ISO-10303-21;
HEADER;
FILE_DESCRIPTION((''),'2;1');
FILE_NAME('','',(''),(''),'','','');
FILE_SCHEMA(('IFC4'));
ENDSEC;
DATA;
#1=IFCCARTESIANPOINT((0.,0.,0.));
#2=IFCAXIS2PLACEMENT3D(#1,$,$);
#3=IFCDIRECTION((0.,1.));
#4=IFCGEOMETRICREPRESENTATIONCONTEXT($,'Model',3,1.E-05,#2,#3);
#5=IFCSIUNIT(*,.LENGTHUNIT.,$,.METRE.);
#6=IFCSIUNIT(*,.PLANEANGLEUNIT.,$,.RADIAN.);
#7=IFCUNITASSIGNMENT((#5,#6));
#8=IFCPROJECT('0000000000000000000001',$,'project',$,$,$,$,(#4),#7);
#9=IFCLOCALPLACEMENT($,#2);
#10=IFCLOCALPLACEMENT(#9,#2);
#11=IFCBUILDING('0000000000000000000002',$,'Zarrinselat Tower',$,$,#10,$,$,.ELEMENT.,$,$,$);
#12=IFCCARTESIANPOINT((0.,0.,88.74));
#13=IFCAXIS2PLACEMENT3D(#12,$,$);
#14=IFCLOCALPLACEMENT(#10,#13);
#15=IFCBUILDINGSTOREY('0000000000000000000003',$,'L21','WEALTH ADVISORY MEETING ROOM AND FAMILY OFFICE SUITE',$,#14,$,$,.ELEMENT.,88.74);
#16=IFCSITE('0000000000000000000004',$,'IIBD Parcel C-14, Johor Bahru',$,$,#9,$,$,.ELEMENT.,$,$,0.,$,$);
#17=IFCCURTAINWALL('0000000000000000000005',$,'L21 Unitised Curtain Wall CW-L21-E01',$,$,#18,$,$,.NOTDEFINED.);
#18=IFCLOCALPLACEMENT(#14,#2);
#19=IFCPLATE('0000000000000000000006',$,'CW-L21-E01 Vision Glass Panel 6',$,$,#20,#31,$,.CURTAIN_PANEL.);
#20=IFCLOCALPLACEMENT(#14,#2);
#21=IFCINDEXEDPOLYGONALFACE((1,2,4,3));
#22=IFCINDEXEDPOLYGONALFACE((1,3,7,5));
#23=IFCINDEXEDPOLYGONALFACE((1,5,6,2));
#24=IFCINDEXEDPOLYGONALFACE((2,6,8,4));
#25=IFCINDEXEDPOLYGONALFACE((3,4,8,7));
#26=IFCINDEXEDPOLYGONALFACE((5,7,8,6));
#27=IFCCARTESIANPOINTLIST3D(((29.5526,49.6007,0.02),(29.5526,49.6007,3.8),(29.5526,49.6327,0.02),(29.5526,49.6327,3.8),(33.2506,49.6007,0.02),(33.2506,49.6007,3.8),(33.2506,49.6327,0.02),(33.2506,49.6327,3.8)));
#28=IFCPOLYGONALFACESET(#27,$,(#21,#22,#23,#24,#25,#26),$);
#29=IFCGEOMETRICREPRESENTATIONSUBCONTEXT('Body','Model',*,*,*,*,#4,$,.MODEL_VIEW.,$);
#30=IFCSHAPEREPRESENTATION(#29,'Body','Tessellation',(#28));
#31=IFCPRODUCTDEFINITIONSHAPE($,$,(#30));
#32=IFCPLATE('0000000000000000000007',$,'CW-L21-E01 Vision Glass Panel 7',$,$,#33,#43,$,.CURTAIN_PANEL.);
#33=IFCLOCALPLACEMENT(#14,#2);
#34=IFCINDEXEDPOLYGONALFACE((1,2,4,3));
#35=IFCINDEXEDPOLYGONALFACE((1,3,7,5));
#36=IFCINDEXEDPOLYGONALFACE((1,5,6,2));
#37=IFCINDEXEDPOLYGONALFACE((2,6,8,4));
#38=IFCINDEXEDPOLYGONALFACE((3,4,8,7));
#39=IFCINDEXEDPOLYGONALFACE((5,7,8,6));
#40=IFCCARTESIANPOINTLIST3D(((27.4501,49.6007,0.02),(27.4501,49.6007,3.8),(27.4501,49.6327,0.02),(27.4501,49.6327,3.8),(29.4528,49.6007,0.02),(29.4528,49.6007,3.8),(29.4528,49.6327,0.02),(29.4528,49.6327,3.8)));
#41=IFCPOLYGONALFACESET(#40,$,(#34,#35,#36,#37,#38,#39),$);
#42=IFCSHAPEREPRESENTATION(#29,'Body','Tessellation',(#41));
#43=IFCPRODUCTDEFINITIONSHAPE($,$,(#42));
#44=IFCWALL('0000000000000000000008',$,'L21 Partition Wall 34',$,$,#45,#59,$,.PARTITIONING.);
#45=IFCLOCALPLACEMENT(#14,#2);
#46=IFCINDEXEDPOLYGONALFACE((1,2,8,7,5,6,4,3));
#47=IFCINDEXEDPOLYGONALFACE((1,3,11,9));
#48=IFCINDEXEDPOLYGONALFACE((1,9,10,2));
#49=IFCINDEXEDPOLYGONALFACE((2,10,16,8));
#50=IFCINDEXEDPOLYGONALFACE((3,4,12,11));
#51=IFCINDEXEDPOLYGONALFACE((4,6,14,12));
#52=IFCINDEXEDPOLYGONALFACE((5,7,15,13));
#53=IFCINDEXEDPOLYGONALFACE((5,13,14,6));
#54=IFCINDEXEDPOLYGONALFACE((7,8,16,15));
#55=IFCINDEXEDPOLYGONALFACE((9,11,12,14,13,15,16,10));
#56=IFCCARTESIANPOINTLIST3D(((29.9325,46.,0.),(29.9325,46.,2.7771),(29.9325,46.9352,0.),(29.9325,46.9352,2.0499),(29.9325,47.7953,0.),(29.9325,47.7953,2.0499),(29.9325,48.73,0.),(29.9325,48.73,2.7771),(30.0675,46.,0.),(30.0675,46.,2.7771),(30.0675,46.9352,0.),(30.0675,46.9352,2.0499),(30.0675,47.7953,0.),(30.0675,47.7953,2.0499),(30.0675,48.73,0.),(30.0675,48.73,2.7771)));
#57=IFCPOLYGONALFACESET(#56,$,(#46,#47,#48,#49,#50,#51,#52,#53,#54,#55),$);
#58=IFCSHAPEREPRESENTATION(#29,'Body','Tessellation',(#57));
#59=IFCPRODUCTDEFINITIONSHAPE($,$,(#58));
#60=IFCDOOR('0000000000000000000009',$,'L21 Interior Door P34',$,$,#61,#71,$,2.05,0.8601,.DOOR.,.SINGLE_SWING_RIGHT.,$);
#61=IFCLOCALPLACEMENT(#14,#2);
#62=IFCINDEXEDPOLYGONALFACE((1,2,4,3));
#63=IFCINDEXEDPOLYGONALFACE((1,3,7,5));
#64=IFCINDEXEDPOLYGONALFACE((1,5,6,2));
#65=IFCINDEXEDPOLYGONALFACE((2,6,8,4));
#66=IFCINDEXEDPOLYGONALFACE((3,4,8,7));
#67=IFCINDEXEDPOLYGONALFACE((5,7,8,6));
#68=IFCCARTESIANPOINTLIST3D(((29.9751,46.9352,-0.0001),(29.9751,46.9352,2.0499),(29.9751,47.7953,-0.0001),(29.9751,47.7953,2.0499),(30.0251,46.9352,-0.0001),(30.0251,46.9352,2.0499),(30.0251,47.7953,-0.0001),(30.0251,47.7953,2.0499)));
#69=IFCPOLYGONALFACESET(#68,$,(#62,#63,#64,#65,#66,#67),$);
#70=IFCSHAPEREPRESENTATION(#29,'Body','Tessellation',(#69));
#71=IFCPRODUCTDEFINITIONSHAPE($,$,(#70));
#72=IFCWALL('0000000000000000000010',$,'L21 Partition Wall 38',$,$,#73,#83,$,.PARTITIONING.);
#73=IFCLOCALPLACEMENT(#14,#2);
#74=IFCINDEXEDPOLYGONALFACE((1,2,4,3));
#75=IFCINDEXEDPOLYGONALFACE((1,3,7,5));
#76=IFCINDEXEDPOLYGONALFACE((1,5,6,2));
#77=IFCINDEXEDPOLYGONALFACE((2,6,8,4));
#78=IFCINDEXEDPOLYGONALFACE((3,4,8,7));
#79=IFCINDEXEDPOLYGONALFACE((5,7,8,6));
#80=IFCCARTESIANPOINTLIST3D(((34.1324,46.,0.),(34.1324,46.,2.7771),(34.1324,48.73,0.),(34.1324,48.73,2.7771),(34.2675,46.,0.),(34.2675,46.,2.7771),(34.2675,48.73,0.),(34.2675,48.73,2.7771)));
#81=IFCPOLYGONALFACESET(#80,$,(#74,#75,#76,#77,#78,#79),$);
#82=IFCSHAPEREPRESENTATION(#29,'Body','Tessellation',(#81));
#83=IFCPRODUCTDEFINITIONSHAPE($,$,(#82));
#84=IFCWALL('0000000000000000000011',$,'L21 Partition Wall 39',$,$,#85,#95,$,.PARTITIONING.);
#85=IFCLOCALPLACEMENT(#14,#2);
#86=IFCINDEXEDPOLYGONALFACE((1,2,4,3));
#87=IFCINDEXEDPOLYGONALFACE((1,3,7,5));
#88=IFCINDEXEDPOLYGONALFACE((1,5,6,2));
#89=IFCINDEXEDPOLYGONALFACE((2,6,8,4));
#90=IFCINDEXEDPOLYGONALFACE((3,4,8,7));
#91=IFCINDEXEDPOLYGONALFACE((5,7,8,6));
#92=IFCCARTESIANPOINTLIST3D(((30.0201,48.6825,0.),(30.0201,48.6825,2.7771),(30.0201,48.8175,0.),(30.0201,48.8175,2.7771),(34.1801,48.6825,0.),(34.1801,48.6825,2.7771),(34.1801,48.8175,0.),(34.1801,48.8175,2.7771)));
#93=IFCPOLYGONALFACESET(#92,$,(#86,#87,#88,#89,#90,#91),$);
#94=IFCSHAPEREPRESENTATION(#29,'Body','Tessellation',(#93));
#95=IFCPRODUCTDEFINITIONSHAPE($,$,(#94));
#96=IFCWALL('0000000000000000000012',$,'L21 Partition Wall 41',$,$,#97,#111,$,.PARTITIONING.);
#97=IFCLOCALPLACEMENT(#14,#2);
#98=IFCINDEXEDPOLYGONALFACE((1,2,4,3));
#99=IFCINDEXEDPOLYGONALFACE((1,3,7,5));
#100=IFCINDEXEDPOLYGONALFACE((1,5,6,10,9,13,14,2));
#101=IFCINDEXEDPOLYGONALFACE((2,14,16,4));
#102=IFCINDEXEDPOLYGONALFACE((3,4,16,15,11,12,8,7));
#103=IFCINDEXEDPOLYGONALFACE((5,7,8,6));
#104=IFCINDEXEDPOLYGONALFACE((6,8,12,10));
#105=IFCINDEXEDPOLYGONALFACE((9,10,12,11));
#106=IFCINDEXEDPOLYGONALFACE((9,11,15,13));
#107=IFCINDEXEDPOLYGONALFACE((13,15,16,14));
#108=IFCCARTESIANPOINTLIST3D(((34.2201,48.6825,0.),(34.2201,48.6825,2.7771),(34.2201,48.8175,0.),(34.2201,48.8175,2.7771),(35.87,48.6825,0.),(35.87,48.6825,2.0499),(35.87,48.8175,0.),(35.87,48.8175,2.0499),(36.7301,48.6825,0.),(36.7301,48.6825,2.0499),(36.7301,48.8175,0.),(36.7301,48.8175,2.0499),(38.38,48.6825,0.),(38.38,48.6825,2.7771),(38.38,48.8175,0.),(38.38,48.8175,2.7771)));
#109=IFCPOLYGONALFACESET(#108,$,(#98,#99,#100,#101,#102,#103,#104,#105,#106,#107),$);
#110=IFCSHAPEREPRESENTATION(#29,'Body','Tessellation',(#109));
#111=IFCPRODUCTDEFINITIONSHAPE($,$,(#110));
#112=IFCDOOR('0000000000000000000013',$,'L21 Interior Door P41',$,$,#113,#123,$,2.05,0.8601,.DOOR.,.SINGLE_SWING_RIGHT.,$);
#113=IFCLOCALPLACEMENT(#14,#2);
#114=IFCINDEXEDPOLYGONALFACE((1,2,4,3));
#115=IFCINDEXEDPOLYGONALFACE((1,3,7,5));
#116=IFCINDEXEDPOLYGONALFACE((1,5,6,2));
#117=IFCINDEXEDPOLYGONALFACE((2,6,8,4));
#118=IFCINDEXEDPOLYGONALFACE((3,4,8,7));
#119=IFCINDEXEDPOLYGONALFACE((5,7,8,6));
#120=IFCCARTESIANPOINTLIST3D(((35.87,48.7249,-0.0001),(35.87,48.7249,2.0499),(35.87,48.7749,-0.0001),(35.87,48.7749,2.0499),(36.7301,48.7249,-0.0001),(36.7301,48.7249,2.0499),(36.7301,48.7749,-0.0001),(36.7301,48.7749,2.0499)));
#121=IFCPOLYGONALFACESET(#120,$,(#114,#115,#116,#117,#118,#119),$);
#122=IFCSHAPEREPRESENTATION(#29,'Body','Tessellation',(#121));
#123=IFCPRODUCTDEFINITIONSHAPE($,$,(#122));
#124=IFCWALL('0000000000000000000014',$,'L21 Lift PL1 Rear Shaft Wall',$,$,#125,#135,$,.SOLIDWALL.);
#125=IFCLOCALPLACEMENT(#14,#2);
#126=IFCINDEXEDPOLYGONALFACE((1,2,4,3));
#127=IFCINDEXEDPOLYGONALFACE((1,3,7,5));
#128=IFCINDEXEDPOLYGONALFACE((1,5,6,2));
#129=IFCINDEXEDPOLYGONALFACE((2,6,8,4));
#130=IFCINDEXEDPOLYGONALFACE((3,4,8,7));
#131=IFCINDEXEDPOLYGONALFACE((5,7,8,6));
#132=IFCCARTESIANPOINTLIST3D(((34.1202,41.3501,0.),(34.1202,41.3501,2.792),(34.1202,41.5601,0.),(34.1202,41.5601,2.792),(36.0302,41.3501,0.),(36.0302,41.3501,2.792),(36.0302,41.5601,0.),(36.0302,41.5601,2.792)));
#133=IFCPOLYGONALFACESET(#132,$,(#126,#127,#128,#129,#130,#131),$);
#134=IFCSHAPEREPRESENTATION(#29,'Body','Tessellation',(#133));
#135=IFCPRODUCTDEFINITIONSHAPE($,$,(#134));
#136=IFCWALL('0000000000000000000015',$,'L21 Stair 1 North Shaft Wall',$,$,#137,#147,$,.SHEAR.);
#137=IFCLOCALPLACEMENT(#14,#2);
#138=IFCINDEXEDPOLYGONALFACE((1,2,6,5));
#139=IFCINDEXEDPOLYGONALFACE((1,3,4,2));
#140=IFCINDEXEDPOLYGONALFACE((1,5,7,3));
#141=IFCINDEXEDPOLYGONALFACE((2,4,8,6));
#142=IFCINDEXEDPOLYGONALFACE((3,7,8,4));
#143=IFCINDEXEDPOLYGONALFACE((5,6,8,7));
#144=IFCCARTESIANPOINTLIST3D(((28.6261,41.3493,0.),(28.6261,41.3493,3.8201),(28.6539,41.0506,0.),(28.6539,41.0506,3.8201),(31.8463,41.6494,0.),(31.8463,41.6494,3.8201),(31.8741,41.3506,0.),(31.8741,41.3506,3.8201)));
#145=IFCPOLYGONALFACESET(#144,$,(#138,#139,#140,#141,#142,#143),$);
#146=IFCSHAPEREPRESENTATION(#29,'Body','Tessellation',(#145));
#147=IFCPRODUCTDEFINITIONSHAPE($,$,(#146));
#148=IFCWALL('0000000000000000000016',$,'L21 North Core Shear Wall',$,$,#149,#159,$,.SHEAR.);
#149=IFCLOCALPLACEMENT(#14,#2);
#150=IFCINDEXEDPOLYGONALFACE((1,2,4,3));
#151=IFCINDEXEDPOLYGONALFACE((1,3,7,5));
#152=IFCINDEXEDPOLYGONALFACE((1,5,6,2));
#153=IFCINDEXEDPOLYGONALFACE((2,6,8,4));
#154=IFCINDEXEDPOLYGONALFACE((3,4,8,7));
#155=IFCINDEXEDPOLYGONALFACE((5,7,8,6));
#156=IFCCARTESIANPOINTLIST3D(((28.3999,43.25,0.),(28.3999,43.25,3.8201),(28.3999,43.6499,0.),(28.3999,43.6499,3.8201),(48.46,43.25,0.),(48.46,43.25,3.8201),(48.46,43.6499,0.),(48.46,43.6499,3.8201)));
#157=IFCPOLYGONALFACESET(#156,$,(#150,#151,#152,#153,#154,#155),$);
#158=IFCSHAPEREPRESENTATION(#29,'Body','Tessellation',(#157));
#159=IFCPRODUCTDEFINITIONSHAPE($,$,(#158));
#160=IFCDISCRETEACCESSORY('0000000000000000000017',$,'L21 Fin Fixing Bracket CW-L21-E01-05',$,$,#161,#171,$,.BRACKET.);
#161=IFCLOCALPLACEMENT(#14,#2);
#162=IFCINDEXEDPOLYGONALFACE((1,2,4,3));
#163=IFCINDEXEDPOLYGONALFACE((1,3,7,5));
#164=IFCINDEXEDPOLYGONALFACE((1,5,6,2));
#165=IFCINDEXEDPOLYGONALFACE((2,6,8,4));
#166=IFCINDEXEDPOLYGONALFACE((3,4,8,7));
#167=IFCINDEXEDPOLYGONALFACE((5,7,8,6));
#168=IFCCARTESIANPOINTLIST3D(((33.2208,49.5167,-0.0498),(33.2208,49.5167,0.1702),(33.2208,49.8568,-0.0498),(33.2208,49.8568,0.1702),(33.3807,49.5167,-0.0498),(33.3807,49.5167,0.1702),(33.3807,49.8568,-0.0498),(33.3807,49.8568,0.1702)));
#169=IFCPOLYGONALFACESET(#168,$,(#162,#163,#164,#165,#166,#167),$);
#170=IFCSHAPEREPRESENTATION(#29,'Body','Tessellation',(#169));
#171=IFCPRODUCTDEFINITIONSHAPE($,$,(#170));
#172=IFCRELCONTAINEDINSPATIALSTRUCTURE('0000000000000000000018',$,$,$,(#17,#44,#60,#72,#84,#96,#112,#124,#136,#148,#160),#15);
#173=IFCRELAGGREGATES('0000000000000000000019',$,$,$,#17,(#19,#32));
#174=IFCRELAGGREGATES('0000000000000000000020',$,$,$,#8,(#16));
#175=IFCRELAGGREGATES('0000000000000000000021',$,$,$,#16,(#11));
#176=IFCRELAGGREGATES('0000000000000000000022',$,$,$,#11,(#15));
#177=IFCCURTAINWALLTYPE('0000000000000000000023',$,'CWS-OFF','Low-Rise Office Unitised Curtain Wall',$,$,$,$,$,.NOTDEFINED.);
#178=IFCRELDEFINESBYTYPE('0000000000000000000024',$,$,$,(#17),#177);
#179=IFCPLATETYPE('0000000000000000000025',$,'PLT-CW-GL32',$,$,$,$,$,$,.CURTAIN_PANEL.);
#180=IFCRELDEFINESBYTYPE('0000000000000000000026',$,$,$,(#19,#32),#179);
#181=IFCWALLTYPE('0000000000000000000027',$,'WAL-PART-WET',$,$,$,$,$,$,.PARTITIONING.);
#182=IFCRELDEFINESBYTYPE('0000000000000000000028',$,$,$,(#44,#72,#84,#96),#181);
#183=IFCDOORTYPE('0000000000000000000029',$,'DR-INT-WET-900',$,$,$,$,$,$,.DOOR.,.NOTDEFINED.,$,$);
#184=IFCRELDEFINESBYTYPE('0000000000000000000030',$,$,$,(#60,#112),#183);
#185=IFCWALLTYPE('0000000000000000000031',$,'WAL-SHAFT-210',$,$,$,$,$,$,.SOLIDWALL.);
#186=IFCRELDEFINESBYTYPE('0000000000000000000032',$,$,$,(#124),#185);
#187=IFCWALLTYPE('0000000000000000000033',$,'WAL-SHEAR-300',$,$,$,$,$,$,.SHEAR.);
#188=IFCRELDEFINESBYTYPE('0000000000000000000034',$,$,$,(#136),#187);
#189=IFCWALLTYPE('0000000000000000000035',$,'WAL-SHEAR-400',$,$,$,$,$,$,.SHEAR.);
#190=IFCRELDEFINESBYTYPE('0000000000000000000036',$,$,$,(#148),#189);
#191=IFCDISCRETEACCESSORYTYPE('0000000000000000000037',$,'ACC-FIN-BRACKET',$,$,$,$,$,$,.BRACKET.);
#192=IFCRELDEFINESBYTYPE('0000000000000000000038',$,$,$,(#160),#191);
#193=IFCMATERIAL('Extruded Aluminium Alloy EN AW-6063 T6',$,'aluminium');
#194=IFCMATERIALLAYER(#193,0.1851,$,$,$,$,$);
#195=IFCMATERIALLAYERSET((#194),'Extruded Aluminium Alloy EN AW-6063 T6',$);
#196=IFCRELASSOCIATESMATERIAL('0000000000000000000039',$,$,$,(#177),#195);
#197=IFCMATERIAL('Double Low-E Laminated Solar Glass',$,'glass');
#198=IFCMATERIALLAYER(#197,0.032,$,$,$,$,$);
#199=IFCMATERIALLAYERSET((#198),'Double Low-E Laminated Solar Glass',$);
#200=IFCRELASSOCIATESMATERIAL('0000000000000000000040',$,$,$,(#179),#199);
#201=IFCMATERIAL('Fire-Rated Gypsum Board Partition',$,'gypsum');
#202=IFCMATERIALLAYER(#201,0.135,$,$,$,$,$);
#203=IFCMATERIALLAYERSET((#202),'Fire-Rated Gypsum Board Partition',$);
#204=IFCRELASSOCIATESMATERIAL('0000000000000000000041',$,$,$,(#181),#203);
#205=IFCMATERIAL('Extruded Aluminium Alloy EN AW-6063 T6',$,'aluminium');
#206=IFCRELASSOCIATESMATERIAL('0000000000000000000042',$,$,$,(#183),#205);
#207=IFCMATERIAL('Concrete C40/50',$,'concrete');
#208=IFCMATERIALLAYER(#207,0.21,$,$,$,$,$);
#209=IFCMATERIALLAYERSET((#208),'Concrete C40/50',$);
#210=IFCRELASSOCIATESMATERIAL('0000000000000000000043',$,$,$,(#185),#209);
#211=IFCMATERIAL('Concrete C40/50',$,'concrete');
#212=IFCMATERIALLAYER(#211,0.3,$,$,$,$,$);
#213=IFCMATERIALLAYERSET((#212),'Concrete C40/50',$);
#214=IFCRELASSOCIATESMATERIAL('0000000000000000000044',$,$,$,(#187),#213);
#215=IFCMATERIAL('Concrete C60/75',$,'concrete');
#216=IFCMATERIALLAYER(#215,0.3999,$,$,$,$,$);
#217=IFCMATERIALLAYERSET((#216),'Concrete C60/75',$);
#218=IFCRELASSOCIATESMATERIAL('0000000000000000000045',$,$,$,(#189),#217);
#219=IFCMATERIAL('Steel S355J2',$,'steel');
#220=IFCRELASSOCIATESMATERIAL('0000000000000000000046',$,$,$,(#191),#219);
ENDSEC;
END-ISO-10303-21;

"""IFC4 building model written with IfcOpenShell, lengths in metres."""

from ifc_helpers import new_model, si_unit, direction, frame, frame_2d, origin, origin_2d, place, context, subcontext, project, spatial, rectangle, extrude, material, layer, layer_set, type_object, element, fill, aggregate, save


model = new_model("IFC4")

# Units and contexts
model_context = context("Model", 3, precision=1e-05, world=origin(), true_north=direction((0.0, 1.0)))
body_context = subcontext(model_context, "Body", "Model", "MODEL_VIEW")
ifc_project = project(units=[si_unit("LENGTHUNIT", "METRE"), si_unit("PLANEANGLEUNIT", "RADIAN")], contexts=[model_context])

# Site, building, storey
site_placement = place(None, origin())
site = spatial("IfcSite", under=ifc_project, at=site_placement, Name="IIBD Parcel C-14, Johor Bahru", CompositionType="ELEMENT", RefElevation=0.0)
building_placement = place(site_placement, origin())
building = spatial("IfcBuilding", under=site, at=building_placement, Name="Zarrinselat Tower", CompositionType="ELEMENT")
storey_placement = place(building_placement, frame((0.0, 0.0, 88.74)))
storey = spatial("IfcBuildingStorey", under=building, at=storey_placement, Name="L21", Description="WEALTH ADVISORY MEETING ROOM AND FAMILY OFFICE SUITE", CompositionType="ELEMENT", Elevation=88.74)

# Curtain wall, plates
ifc_material_1 = material(Name="Extruded Aluminium Alloy EN AW-6063 T6", Category="aluminium")
ifc_layer_1 = layer(ifc_material_1, 0.1851)
ifc_layer_set_1 = layer_set([ifc_layer_1], Name="Extruded Aluminium Alloy EN AW-6063 T6")
curtain_wall_type = type_object("IfcCurtainWallType", Name="CWS-OFF", Description="Low-Rise Office Unitised Curtain Wall", PredefinedType="NOTDEFINED", material=ifc_layer_set_1)
curtain_wall_placement = place(storey_placement, origin())
curtain_wall = element("IfcCurtainWall", 1, at=curtain_wall_placement, inside=storey, type_object=curtain_wall_type, Name="L21 Unitised Curtain Wall CW-L21-E01", PredefinedType="NOTDEFINED")
ifc_material_2 = material(Name="Double Low-E Laminated Solar Glass", Category="glass")
ifc_layer_2 = layer(ifc_material_2, 0.032)
ifc_layer_set_2 = layer_set([ifc_layer_2], Name="Double Low-E Laminated Solar Glass")
plate_type = type_object("IfcPlateType", Name="PLT-CW-GL32", PredefinedType="CURTAIN_PANEL", material=ifc_layer_set_2)
plate_1_placement = place(storey_placement, frame((31.4016, 49.6167, 0.02), z_axis=(0.0, 0.0, 1.0), x_axis=(-1.0, 0.0, 0.0)))
plate_1 = element("IfcPlate", 2, at=plate_1_placement, type_object=plate_type, Name="CW-L21-E01 Vision Glass Panel 6", PredefinedType="CURTAIN_PANEL", context=body_context, shape_type="SweptSolid", body=[
    extrude(rectangle(XDim=3.698, YDim=0.032, at=origin_2d()), origin(), (0.0, 0.0, 1.0), 3.78),
])
plate_2_placement = place(storey_placement, frame((28.4514, 49.6167, 0.02), z_axis=(0.0, 0.0, 1.0), x_axis=(-1.0, 0.0, 0.0)))
plate_2 = element("IfcPlate", 3, at=plate_2_placement, type_object=plate_type, Name="CW-L21-E01 Vision Glass Panel 7", PredefinedType="CURTAIN_PANEL", context=body_context, shape_type="SweptSolid", body=[
    extrude(rectangle(XDim=2.0027, YDim=0.032, at=origin_2d()), origin(), (0.0, 0.0, 1.0), 3.78),
])
aggregate(curtain_wall, [plate_1, plate_2])

# Wall, opening, door
ifc_material_3 = material(Name="Fire-Rated Gypsum Board Partition", Category="gypsum")
ifc_layer_3 = layer(ifc_material_3, 0.135)
ifc_layer_set_3 = layer_set([ifc_layer_3], Name="Fire-Rated Gypsum Board Partition")
wall_type_1 = type_object("IfcWallType", Name="WAL-PART-WET", PredefinedType="PARTITIONING", material=ifc_layer_set_3)
wall_1_placement = place(storey_placement, frame((30.0, 46.0, 0.0), z_axis=(0.0, 0.0, 1.0), x_axis=(0.0, 1.0, 0.0)))
wall_1 = element("IfcWall", 4, at=wall_1_placement, inside=storey, type_object=wall_type_1, Name="L21 Partition Wall 34", PredefinedType="PARTITIONING", context=body_context, shape_type="SweptSolid", body=[
    extrude(rectangle(XDim=2.73, YDim=0.135, at=frame_2d((1.365, 0.0))), origin(), (0.0, 0.0, 1.0), 2.7771),
])
opening_1_placement = place(wall_1_placement, frame((0.9351, 0.0, 0.0)))
opening_1 = element("IfcOpeningElement", 5, at=opening_1_placement, cuts=wall_1, PredefinedType="OPENING", context=body_context, shape_type="SweptSolid", body=[
    extrude(rectangle(XDim=0.8601, YDim=2.05, at=frame_2d((0.4302, 1.0249))), frame((0.0, 0.0774, 0.0), z_axis=(0.0, -1.0, 0.0), x_axis=(1.0, 0.0, 0.0)), (0.0, 0.0, 1.0), 0.155),
])
ifc_material_4 = material(Name="Extruded Aluminium Alloy EN AW-6063 T6", Category="aluminium")
door_type = type_object("IfcDoorType", Name="DR-INT-WET-900", OperationType="NOTDEFINED", PredefinedType="DOOR", material=ifc_material_4)
door_1_placement = place(opening_1_placement, origin())
door_1 = element("IfcDoor", 6, at=door_1_placement, inside=storey, type_object=door_type, Name="L21 Interior Door P34", OperationType="SINGLE_SWING_RIGHT", OverallHeight=2.05, OverallWidth=0.8601, PredefinedType="DOOR", context=body_context, shape_type="SweptSolid", body=[
    extrude(rectangle(XDim=0.8601, YDim=2.05, at=frame_2d((0.4302, 1.0249))), frame((0.0, 0.0249, 0.0), z_axis=(0.0, -1.0, 0.0), x_axis=(1.0, 0.0, 0.0)), (0.0, 0.0, 1.0), 0.05),
])
fill(opening_1, door_1)

# Walls
wall_2_placement = place(storey_placement, frame((34.2, 46.0, 0.0), z_axis=(0.0, 0.0, 1.0), x_axis=(0.0, 1.0, 0.0)))
element("IfcWall", 7, at=wall_2_placement, inside=storey, type_object=wall_type_1, Name="L21 Partition Wall 38", PredefinedType="PARTITIONING", context=body_context, shape_type="SweptSolid", body=[
    extrude(rectangle(XDim=2.73, YDim=0.135, at=frame_2d((1.365, 0.0))), origin(), (0.0, 0.0, 1.0), 2.7771),
])
wall_3_placement = place(storey_placement, frame((30.02, 48.75, 0.0), z_axis=(0.0, 0.0, 1.0), x_axis=(1.0, 0.0, 0.0)))
element("IfcWall", 8, at=wall_3_placement, inside=storey, type_object=wall_type_1, Name="L21 Partition Wall 39", PredefinedType="PARTITIONING", context=body_context, shape_type="SweptSolid", body=[
    extrude(rectangle(XDim=4.1599, YDim=0.135, at=frame_2d((2.0801, 0.0))), origin(), (0.0, 0.0, 1.0), 2.7771),
])

# Wall, opening, door
wall_4_placement = place(storey_placement, frame((34.22, 48.75, 0.0), z_axis=(0.0, 0.0, 1.0), x_axis=(1.0, 0.0, 0.0)))
wall_4 = element("IfcWall", 9, at=wall_4_placement, inside=storey, type_object=wall_type_1, Name="L21 Partition Wall 41", PredefinedType="PARTITIONING", context=body_context, shape_type="SweptSolid", body=[
    extrude(rectangle(XDim=4.1599, YDim=0.135, at=frame_2d((2.0801, 0.0))), origin(), (0.0, 0.0, 1.0), 2.7771),
])
opening_2_placement = place(wall_4_placement, frame((1.6499, 0.0, 0.0)))
opening_2 = element("IfcOpeningElement", 10, at=opening_2_placement, cuts=wall_4, PredefinedType="OPENING", context=body_context, shape_type="SweptSolid", body=[
    extrude(rectangle(XDim=0.8601, YDim=2.05, at=frame_2d((0.4302, 1.0249))), frame((0.0, 0.0774, 0.0), z_axis=(0.0, -1.0, 0.0), x_axis=(1.0, 0.0, 0.0)), (0.0, 0.0, 1.0), 0.155),
])
door_2_placement = place(opening_2_placement, origin())
door_2 = element("IfcDoor", 11, at=door_2_placement, inside=storey, type_object=door_type, Name="L21 Interior Door P41", OperationType="SINGLE_SWING_RIGHT", OverallHeight=2.05, OverallWidth=0.8601, PredefinedType="DOOR", context=body_context, shape_type="SweptSolid", body=[
    extrude(rectangle(XDim=0.8601, YDim=2.05, at=frame_2d((0.4302, 1.0249))), frame((0.0, 0.0249, 0.0), z_axis=(0.0, -1.0, 0.0), x_axis=(1.0, 0.0, 0.0)), (0.0, 0.0, 1.0), 0.05),
])
fill(opening_2, door_2)

# Walls
ifc_material_5 = material(Name="Concrete C40/50", Category="concrete")
ifc_layer_4 = layer(ifc_material_5, 0.21)
ifc_layer_set_4 = layer_set([ifc_layer_4], Name="Concrete C40/50")
wall_type_2 = type_object("IfcWallType", Name="WAL-SHAFT-210", PredefinedType="SOLIDWALL", material=ifc_layer_set_4)
wall_5_placement = place(storey_placement, frame((34.1201, 41.4551, 0.0), z_axis=(0.0, 0.0, 1.0), x_axis=(1.0, 0.0, 0.0)))
element("IfcWall", 12, at=wall_5_placement, inside=storey, type_object=wall_type_2, Name="L21 Lift PL1 Rear Shaft Wall", PredefinedType="SOLIDWALL", context=body_context, shape_type="SweptSolid", body=[
    extrude(rectangle(XDim=1.9099, YDim=0.21, at=frame_2d((0.9551, 0.0))), origin(), (0.0, 0.0, 1.0), 2.792),
])
ifc_material_6 = material(Name="Concrete C40/50", Category="concrete")
ifc_layer_5 = layer(ifc_material_6, 0.3)
ifc_layer_set_5 = layer_set([ifc_layer_5], Name="Concrete C40/50")
wall_type_3 = type_object("IfcWallType", Name="WAL-SHEAR-300", PredefinedType="SHEAR", material=ifc_layer_set_5)
wall_6_placement = place(storey_placement, frame((28.6399, 41.2, 0.0), z_axis=(0.0, 0.0, 1.0), x_axis=(0.995687, 0.092775, 0.0)))
element("IfcWall", 13, at=wall_6_placement, inside=storey, type_object=wall_type_3, Name="L21 Stair 1 North Shaft Wall", PredefinedType="SHEAR", context=body_context, shape_type="SweptSolid", body=[
    extrude(rectangle(XDim=3.2341, YDim=0.3, at=frame_2d((1.6172, 0.0))), origin(), (0.0, 0.0, 1.0), 3.8201),
])
ifc_material_7 = material(Name="Concrete C60/75", Category="concrete")
ifc_layer_6 = layer(ifc_material_7, 0.3999)
ifc_layer_set_6 = layer_set([ifc_layer_6], Name="Concrete C60/75")
wall_type_4 = type_object("IfcWallType", Name="WAL-SHEAR-400", PredefinedType="SHEAR", material=ifc_layer_set_6)
wall_7_placement = place(storey_placement, frame((28.3999, 43.45, 0.0), z_axis=(0.0, 0.0, 1.0), x_axis=(1.0, 0.0, 0.0)))
element("IfcWall", 14, at=wall_7_placement, inside=storey, type_object=wall_type_4, Name="L21 North Core Shear Wall", PredefinedType="SHEAR", context=body_context, shape_type="SweptSolid", body=[
    extrude(rectangle(XDim=20.0601, YDim=0.3999, at=frame_2d((10.03, 0.0))), origin(), (0.0, 0.0, 1.0), 3.8201),
])

# Discrete accessory
ifc_material_8 = material(Name="Steel S355J2", Category="steel")
discrete_accessory_type = type_object("IfcDiscreteAccessoryType", Name="ACC-FIN-BRACKET", PredefinedType="BRACKET", material=ifc_material_8)
discrete_accessory_placement = place(storey_placement, frame((33.3008, 49.6868, -0.0498), z_axis=(0.0, 0.0, 1.0), x_axis=(0.0, 1.0, 0.0)))
element("IfcDiscreteAccessory", 15, at=discrete_accessory_placement, inside=storey, type_object=discrete_accessory_type, Name="L21 Fin Fixing Bracket CW-L21-E01-05", PredefinedType="BRACKET", context=body_context, shape_type="SweptSolid", body=[
    extrude(rectangle(XDim=0.3401, YDim=0.1599, at=origin_2d()), origin(), (0.0, 0.0, 1.0), 0.22),
])

save(model, "model.ifc")
